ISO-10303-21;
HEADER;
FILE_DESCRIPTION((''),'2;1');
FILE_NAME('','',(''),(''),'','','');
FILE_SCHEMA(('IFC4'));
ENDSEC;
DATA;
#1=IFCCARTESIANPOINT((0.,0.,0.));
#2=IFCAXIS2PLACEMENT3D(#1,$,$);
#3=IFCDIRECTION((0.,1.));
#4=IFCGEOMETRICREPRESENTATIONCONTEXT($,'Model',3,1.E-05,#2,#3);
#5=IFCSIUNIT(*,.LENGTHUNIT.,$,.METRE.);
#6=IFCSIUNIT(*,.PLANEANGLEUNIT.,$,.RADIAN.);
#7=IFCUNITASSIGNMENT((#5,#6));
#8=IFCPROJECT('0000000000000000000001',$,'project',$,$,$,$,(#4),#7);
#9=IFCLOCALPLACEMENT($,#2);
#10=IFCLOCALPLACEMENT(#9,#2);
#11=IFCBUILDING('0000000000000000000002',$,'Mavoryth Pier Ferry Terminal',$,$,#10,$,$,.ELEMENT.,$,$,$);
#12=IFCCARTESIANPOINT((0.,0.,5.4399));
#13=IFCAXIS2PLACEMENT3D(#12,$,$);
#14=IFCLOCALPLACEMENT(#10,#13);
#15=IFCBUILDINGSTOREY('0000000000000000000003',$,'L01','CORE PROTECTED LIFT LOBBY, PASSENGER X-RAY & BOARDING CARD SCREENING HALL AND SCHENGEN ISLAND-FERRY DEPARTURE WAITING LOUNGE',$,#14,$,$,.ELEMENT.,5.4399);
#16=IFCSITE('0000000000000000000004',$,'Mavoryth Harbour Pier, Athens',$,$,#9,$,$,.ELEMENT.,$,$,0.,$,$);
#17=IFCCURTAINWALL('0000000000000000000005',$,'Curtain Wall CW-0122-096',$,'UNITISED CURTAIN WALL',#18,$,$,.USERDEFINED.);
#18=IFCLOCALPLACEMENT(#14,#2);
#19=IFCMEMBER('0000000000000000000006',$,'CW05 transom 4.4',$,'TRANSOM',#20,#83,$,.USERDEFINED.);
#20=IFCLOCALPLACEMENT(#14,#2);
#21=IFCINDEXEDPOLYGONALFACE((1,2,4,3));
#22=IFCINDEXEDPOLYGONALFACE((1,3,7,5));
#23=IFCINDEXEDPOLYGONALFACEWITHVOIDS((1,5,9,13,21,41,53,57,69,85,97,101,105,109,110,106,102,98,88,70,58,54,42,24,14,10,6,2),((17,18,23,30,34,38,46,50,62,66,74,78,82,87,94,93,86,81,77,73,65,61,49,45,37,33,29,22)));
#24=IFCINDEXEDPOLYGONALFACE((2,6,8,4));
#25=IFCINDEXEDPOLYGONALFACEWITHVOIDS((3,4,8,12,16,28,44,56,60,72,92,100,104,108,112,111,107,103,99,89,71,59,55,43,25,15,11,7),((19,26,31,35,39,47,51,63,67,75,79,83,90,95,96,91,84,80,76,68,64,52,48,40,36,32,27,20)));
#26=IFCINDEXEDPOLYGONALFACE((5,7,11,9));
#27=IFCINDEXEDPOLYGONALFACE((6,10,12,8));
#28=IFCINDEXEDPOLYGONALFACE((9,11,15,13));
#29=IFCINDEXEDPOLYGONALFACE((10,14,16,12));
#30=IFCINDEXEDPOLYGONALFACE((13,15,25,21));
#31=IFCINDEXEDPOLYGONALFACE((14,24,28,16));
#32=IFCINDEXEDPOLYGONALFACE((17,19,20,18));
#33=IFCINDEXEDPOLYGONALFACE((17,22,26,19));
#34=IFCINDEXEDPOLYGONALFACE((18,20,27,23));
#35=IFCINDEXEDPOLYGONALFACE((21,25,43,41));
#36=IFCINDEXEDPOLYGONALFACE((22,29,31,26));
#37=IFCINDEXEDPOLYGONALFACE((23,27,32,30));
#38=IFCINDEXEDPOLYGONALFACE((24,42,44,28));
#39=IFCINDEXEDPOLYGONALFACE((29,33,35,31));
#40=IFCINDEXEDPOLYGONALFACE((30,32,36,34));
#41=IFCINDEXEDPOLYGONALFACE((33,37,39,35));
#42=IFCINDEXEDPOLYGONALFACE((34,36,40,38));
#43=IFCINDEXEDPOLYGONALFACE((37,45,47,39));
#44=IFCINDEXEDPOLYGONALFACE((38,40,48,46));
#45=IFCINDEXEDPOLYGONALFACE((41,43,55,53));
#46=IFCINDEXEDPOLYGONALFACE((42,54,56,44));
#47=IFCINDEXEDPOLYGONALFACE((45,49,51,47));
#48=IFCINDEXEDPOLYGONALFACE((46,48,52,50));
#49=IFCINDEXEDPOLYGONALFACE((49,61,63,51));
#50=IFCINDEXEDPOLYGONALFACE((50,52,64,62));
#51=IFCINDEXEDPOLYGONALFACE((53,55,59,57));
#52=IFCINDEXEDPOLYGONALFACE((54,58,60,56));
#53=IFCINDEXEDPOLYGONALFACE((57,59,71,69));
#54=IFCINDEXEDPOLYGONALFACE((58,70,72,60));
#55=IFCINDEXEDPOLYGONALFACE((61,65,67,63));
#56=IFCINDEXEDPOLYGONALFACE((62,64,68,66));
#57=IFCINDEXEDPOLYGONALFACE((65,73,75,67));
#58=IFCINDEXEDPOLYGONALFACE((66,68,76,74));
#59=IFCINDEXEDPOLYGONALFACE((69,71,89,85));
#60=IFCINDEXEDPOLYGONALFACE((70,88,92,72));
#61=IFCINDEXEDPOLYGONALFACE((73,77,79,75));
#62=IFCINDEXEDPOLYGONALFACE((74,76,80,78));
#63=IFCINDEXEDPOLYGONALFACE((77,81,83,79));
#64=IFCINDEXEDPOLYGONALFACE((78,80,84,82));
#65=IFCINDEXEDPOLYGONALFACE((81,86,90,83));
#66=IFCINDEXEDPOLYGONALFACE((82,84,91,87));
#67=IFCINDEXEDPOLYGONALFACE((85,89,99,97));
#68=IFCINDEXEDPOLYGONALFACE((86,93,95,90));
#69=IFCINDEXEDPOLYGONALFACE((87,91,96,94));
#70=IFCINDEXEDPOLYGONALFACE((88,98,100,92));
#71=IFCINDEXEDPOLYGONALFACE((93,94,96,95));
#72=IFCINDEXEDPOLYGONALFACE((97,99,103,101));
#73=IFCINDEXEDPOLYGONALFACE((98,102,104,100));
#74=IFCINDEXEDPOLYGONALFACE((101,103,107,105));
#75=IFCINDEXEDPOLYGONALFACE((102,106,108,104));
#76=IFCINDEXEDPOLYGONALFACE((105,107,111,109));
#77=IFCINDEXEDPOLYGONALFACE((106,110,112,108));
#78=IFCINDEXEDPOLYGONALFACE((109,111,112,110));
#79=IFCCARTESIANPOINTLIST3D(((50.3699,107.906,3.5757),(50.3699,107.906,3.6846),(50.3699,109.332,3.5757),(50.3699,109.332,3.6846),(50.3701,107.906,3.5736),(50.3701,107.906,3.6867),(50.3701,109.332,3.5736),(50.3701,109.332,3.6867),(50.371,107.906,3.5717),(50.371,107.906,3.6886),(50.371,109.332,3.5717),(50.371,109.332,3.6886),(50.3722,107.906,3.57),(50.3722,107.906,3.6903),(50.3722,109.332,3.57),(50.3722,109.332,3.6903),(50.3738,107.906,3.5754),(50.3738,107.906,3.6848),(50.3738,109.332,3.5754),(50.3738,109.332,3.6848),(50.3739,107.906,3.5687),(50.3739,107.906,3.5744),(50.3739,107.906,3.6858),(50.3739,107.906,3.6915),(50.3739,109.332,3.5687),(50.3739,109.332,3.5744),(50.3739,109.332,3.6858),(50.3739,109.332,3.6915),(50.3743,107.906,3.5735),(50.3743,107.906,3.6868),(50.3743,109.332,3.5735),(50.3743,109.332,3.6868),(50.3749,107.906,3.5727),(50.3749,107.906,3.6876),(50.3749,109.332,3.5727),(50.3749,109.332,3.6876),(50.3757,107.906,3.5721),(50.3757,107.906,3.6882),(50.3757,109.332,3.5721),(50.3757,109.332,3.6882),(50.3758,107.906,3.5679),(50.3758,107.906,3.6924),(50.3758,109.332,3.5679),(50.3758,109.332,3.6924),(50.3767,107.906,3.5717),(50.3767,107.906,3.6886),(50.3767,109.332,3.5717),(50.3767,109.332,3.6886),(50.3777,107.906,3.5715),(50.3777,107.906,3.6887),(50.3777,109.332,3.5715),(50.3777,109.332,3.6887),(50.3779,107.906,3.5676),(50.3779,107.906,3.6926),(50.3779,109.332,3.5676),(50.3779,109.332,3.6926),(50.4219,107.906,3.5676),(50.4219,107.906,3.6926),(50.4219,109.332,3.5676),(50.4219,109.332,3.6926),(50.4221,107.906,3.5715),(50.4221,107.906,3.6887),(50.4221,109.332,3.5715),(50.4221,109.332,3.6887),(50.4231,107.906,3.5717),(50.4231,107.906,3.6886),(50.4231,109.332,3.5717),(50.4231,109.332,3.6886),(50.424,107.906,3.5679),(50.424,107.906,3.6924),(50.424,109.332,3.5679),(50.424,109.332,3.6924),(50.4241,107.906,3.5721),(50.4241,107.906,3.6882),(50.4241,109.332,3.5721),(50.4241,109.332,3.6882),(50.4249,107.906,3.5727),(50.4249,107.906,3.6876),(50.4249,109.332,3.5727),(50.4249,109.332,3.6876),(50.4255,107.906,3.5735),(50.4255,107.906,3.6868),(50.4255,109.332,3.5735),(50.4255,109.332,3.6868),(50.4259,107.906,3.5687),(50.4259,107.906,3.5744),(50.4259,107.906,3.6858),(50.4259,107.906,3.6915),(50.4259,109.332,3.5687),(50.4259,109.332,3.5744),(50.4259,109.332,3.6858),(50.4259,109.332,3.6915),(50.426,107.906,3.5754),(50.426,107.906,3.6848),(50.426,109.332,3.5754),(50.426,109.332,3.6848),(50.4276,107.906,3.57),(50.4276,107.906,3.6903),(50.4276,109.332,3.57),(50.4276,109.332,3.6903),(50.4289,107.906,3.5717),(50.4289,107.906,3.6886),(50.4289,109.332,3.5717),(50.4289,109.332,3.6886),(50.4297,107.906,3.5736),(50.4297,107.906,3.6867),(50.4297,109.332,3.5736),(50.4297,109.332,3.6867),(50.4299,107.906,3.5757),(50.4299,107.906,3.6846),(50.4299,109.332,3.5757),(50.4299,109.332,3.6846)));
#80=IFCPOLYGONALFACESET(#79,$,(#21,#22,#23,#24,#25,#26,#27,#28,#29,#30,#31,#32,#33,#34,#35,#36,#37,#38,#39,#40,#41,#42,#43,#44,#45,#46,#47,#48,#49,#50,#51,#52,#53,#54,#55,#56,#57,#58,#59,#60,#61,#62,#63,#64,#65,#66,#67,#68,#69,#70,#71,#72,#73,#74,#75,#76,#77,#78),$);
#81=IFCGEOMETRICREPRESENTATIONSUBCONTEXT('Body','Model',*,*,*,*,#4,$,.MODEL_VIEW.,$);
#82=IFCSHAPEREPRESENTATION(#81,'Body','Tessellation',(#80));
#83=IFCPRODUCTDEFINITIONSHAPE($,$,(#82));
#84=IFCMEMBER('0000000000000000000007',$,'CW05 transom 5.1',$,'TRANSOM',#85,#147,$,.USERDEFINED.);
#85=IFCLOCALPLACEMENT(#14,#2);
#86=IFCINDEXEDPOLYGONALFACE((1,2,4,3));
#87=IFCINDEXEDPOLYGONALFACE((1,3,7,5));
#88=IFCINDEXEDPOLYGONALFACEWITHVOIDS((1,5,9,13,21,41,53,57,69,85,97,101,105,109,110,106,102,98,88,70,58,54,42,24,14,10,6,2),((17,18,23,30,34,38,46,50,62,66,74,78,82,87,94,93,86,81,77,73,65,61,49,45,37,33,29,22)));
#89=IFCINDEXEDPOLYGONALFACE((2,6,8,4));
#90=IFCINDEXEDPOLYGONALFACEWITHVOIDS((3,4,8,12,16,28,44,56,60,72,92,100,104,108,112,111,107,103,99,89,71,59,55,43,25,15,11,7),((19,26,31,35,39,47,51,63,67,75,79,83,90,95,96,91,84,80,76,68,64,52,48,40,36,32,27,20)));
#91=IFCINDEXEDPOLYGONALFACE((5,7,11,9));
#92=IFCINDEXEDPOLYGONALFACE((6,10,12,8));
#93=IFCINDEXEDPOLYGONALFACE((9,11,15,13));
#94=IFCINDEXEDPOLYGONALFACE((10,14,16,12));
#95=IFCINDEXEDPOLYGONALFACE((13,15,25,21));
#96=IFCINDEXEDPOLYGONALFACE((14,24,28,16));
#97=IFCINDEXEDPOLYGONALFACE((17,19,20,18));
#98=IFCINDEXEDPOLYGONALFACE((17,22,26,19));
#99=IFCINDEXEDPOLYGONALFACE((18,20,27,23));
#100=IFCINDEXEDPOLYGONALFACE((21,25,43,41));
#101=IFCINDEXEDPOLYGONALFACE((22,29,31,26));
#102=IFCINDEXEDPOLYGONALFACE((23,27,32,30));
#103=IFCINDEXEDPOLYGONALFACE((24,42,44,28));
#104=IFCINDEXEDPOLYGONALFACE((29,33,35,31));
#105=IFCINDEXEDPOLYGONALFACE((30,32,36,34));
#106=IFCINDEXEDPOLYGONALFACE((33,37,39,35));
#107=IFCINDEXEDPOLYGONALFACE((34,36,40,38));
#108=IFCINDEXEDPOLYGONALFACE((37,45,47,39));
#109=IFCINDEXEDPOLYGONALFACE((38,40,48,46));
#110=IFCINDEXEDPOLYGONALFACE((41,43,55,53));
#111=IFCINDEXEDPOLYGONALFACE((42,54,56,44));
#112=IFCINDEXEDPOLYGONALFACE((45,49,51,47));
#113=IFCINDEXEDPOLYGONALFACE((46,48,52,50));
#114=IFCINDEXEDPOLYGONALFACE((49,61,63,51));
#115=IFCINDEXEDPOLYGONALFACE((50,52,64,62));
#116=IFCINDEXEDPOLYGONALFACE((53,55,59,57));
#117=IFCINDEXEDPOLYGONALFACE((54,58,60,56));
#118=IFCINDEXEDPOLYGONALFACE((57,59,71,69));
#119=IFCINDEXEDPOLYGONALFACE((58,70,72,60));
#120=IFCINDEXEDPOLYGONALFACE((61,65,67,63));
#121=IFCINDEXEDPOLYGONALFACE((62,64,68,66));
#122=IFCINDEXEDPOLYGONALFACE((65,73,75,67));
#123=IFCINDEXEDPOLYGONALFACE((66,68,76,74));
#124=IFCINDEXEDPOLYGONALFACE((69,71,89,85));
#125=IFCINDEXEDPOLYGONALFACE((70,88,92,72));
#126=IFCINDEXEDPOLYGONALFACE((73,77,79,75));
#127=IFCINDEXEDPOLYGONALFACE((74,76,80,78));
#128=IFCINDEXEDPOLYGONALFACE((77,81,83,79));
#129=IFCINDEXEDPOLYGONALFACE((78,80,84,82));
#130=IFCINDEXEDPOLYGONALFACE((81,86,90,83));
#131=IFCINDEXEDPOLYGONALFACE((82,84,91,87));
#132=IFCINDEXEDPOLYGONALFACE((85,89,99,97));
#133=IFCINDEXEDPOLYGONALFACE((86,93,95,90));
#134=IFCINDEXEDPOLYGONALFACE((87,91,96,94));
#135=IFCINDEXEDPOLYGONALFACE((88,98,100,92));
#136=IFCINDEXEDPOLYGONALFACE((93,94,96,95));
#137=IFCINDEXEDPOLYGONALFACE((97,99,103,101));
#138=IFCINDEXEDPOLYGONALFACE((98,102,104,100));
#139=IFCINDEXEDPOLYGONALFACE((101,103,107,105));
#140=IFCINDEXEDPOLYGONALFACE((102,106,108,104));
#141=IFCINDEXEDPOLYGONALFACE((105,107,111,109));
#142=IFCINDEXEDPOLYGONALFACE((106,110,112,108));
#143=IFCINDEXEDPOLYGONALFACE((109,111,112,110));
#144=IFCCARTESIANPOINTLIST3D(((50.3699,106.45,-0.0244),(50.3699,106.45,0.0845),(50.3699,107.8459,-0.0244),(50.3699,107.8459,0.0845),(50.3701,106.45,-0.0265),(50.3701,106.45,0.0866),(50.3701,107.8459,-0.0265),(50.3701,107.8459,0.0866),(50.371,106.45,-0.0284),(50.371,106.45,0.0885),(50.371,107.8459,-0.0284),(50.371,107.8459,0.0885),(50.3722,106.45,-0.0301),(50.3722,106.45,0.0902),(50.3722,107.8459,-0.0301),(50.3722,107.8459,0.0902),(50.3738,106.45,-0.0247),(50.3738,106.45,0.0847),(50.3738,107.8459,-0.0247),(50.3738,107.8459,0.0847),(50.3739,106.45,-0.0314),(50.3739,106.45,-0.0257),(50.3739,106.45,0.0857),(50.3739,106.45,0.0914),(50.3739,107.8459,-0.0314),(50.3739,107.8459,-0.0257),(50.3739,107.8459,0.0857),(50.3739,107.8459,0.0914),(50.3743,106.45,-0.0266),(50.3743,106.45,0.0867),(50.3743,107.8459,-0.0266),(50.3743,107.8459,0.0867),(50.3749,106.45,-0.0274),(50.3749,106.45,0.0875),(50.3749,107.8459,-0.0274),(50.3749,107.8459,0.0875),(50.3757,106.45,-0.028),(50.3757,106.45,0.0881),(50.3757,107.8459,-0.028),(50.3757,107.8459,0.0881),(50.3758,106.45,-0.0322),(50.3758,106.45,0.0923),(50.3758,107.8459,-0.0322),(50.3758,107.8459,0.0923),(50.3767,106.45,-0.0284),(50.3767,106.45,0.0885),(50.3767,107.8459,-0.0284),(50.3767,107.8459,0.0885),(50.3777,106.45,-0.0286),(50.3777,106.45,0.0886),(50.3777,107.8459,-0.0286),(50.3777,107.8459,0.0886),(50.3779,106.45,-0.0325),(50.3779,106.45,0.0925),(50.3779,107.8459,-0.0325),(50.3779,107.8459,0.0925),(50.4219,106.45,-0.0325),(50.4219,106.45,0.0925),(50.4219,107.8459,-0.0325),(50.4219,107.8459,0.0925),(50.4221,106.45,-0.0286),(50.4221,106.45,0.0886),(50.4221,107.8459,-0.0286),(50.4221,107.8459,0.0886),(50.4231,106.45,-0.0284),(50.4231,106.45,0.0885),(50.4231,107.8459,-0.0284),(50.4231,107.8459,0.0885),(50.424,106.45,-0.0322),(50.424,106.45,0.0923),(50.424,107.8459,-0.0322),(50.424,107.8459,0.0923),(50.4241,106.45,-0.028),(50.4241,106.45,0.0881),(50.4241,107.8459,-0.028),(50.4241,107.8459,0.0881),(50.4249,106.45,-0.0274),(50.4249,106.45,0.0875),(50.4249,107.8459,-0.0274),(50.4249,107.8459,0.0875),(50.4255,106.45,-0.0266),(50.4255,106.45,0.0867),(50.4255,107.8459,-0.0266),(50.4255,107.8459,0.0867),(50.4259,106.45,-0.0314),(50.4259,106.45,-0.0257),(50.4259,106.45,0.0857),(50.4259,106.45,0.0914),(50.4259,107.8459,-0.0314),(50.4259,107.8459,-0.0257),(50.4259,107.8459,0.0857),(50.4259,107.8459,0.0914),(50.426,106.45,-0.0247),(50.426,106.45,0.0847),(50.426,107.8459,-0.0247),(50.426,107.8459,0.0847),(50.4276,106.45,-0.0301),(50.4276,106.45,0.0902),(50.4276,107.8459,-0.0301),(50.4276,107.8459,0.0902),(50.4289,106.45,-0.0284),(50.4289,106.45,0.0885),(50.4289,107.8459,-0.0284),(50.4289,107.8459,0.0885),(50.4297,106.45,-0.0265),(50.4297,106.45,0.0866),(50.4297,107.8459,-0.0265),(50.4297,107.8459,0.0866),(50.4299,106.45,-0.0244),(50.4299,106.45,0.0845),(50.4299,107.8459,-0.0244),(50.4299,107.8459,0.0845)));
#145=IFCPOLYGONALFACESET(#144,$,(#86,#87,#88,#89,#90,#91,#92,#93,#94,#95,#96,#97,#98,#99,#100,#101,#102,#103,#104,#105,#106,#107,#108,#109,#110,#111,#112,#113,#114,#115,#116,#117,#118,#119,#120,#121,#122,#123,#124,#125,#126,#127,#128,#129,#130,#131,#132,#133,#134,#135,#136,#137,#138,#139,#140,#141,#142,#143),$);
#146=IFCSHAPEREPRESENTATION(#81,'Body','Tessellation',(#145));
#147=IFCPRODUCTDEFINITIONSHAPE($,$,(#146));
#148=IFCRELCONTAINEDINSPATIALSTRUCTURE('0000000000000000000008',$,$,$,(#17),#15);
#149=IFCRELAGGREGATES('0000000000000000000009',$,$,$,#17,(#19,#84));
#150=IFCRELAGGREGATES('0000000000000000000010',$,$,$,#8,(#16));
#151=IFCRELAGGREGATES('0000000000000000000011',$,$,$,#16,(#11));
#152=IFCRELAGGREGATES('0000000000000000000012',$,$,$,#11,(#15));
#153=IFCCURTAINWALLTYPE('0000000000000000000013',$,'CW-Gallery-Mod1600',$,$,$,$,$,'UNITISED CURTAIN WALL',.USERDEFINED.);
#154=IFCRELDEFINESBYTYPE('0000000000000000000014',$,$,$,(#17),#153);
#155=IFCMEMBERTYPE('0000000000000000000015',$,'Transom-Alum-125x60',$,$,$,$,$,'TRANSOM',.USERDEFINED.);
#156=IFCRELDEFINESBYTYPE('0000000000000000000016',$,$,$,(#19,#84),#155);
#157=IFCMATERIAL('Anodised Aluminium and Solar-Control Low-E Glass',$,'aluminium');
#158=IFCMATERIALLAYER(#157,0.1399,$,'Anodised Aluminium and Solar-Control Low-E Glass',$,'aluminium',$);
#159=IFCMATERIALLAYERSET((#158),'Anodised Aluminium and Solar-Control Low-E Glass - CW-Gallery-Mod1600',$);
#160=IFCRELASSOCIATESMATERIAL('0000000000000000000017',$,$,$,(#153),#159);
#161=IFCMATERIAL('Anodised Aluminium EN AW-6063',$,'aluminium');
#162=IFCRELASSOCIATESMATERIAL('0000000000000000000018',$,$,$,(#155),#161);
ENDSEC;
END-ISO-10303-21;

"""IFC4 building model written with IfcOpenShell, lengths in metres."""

from ifc_helpers import new_model, si_unit, direction, frame, origin, origin_2d, place, context, subcontext, project, spatial, hollow_rectangle, extrude, material, layer, layer_set, material_profile, profile_set, type_object, element, aggregate, save


model = new_model("IFC4")

# Units and contexts
model_context = context("Model", 3, precision=1e-05, world=origin(), true_north=direction((0.0, 1.0)))
body_context = subcontext(model_context, "Body", "Model", "MODEL_VIEW")
ifc_project = project(units=[si_unit("LENGTHUNIT", "METRE"), si_unit("PLANEANGLEUNIT", "RADIAN")], contexts=[model_context])

# Site, building, storey
site_placement = place(None, origin())
site = spatial("IfcSite", under=ifc_project, at=site_placement, Name="Mavoryth Harbour Pier, Athens", CompositionType="ELEMENT", RefElevation=0.0)
building_placement = place(site_placement, origin())
building = spatial("IfcBuilding", under=site, at=building_placement, Name="Mavoryth Pier Ferry Terminal", CompositionType="ELEMENT")
storey_placement = place(building_placement, frame((0.0, 0.0, 5.4399)))
storey = spatial("IfcBuildingStorey", under=building, at=storey_placement, Name="L01", Description="CORE PROTECTED LIFT LOBBY, PASSENGER X-RAY & BOARDING CARD SCREENING HALL AND SCHENGEN ISLAND-FERRY DEPARTURE WAITING LOUNGE", CompositionType="ELEMENT", Elevation=5.4399)

# Curtain wall
ifc_material_1 = material(Name="Anodised Aluminium and Solar-Control Low-E Glass", Category="aluminium")
ifc_layer_1 = layer(ifc_material_1, 0.1399, Name="Anodised Aluminium and Solar-Control Low-E Glass", Category="aluminium")
ifc_layer_set_1 = layer_set([ifc_layer_1], Name="Anodised Aluminium and Solar-Control Low-E Glass - CW-Gallery-Mod1600")
curtain_wall_type = type_object("IfcCurtainWallType", Name="CW-Gallery-Mod1600", ElementType="UNITISED CURTAIN WALL", PredefinedType="USERDEFINED", material=ifc_layer_set_1)
curtain_wall_placement = place(storey_placement, origin())
curtain_wall = element("IfcCurtainWall", 1, at=curtain_wall_placement, inside=storey, type_object=curtain_wall_type, Name="Curtain Wall CW-0122-096", ObjectType="UNITISED CURTAIN WALL", PredefinedType="USERDEFINED")
ifc_material_2 = material(Name="Anodised Aluminium EN AW-6063", Category="aluminium")

# Members
ifc_material_profile_1 = material_profile(ifc_material_2, hollow_rectangle(XDim=0.0601, YDim=0.125, WallThickness=0.0039, InnerFilletRadius=0.0039, OuterFilletRadius=0.0081, at=origin_2d()), Name="AL-TRAN 125x60x4", Category="aluminium")
ifc_profile_set_1 = profile_set([ifc_material_profile_1], Name="Anodised Aluminium EN AW-6063 - AL-TRAN 125x60x4")
member_type_1 = type_object("IfcMemberType", Name="Transom-Alum-125x60", ElementType="TRANSOM", PredefinedType="USERDEFINED", material=ifc_profile_set_1)
member_1_placement = place(storey_placement, frame((50.3999, 109.332, 3.6301), z_axis=(0.0, -1.0, 0.0), x_axis=(1.0, 0.0, 0.0)))
member_1 = element("IfcMember", 2, at=member_1_placement, type_object=member_type_1, Name="CW05 transom 4.4", ObjectType="TRANSOM", PredefinedType="USERDEFINED", context=body_context, shape_type="SweptSolid", body=[
    extrude(hollow_rectangle(XDim=0.0601, YDim=0.125, WallThickness=0.0039, InnerFilletRadius=0.0039, OuterFilletRadius=0.0081, at=origin_2d()), origin(), (0.0, 0.0, 1.0), 1.426),
])
member_2_placement = place(storey_placement, frame((50.3999, 107.8459, 0.03), z_axis=(0.0, -1.0, 0.0), x_axis=(1.0, 0.0, 0.0)))
member_2 = element("IfcMember", 3, at=member_2_placement, type_object=member_type_1, Name="CW05 transom 5.1", ObjectType="TRANSOM", PredefinedType="USERDEFINED", context=body_context, shape_type="SweptSolid", body=[
    extrude(hollow_rectangle(XDim=0.0601, YDim=0.125, WallThickness=0.0039, InnerFilletRadius=0.0039, OuterFilletRadius=0.0081, at=origin_2d()), origin(), (0.0, 0.0, 1.0), 1.396),
])

aggregate(curtain_wall, [member_1, member_2])

save(model, "model.ifc")
